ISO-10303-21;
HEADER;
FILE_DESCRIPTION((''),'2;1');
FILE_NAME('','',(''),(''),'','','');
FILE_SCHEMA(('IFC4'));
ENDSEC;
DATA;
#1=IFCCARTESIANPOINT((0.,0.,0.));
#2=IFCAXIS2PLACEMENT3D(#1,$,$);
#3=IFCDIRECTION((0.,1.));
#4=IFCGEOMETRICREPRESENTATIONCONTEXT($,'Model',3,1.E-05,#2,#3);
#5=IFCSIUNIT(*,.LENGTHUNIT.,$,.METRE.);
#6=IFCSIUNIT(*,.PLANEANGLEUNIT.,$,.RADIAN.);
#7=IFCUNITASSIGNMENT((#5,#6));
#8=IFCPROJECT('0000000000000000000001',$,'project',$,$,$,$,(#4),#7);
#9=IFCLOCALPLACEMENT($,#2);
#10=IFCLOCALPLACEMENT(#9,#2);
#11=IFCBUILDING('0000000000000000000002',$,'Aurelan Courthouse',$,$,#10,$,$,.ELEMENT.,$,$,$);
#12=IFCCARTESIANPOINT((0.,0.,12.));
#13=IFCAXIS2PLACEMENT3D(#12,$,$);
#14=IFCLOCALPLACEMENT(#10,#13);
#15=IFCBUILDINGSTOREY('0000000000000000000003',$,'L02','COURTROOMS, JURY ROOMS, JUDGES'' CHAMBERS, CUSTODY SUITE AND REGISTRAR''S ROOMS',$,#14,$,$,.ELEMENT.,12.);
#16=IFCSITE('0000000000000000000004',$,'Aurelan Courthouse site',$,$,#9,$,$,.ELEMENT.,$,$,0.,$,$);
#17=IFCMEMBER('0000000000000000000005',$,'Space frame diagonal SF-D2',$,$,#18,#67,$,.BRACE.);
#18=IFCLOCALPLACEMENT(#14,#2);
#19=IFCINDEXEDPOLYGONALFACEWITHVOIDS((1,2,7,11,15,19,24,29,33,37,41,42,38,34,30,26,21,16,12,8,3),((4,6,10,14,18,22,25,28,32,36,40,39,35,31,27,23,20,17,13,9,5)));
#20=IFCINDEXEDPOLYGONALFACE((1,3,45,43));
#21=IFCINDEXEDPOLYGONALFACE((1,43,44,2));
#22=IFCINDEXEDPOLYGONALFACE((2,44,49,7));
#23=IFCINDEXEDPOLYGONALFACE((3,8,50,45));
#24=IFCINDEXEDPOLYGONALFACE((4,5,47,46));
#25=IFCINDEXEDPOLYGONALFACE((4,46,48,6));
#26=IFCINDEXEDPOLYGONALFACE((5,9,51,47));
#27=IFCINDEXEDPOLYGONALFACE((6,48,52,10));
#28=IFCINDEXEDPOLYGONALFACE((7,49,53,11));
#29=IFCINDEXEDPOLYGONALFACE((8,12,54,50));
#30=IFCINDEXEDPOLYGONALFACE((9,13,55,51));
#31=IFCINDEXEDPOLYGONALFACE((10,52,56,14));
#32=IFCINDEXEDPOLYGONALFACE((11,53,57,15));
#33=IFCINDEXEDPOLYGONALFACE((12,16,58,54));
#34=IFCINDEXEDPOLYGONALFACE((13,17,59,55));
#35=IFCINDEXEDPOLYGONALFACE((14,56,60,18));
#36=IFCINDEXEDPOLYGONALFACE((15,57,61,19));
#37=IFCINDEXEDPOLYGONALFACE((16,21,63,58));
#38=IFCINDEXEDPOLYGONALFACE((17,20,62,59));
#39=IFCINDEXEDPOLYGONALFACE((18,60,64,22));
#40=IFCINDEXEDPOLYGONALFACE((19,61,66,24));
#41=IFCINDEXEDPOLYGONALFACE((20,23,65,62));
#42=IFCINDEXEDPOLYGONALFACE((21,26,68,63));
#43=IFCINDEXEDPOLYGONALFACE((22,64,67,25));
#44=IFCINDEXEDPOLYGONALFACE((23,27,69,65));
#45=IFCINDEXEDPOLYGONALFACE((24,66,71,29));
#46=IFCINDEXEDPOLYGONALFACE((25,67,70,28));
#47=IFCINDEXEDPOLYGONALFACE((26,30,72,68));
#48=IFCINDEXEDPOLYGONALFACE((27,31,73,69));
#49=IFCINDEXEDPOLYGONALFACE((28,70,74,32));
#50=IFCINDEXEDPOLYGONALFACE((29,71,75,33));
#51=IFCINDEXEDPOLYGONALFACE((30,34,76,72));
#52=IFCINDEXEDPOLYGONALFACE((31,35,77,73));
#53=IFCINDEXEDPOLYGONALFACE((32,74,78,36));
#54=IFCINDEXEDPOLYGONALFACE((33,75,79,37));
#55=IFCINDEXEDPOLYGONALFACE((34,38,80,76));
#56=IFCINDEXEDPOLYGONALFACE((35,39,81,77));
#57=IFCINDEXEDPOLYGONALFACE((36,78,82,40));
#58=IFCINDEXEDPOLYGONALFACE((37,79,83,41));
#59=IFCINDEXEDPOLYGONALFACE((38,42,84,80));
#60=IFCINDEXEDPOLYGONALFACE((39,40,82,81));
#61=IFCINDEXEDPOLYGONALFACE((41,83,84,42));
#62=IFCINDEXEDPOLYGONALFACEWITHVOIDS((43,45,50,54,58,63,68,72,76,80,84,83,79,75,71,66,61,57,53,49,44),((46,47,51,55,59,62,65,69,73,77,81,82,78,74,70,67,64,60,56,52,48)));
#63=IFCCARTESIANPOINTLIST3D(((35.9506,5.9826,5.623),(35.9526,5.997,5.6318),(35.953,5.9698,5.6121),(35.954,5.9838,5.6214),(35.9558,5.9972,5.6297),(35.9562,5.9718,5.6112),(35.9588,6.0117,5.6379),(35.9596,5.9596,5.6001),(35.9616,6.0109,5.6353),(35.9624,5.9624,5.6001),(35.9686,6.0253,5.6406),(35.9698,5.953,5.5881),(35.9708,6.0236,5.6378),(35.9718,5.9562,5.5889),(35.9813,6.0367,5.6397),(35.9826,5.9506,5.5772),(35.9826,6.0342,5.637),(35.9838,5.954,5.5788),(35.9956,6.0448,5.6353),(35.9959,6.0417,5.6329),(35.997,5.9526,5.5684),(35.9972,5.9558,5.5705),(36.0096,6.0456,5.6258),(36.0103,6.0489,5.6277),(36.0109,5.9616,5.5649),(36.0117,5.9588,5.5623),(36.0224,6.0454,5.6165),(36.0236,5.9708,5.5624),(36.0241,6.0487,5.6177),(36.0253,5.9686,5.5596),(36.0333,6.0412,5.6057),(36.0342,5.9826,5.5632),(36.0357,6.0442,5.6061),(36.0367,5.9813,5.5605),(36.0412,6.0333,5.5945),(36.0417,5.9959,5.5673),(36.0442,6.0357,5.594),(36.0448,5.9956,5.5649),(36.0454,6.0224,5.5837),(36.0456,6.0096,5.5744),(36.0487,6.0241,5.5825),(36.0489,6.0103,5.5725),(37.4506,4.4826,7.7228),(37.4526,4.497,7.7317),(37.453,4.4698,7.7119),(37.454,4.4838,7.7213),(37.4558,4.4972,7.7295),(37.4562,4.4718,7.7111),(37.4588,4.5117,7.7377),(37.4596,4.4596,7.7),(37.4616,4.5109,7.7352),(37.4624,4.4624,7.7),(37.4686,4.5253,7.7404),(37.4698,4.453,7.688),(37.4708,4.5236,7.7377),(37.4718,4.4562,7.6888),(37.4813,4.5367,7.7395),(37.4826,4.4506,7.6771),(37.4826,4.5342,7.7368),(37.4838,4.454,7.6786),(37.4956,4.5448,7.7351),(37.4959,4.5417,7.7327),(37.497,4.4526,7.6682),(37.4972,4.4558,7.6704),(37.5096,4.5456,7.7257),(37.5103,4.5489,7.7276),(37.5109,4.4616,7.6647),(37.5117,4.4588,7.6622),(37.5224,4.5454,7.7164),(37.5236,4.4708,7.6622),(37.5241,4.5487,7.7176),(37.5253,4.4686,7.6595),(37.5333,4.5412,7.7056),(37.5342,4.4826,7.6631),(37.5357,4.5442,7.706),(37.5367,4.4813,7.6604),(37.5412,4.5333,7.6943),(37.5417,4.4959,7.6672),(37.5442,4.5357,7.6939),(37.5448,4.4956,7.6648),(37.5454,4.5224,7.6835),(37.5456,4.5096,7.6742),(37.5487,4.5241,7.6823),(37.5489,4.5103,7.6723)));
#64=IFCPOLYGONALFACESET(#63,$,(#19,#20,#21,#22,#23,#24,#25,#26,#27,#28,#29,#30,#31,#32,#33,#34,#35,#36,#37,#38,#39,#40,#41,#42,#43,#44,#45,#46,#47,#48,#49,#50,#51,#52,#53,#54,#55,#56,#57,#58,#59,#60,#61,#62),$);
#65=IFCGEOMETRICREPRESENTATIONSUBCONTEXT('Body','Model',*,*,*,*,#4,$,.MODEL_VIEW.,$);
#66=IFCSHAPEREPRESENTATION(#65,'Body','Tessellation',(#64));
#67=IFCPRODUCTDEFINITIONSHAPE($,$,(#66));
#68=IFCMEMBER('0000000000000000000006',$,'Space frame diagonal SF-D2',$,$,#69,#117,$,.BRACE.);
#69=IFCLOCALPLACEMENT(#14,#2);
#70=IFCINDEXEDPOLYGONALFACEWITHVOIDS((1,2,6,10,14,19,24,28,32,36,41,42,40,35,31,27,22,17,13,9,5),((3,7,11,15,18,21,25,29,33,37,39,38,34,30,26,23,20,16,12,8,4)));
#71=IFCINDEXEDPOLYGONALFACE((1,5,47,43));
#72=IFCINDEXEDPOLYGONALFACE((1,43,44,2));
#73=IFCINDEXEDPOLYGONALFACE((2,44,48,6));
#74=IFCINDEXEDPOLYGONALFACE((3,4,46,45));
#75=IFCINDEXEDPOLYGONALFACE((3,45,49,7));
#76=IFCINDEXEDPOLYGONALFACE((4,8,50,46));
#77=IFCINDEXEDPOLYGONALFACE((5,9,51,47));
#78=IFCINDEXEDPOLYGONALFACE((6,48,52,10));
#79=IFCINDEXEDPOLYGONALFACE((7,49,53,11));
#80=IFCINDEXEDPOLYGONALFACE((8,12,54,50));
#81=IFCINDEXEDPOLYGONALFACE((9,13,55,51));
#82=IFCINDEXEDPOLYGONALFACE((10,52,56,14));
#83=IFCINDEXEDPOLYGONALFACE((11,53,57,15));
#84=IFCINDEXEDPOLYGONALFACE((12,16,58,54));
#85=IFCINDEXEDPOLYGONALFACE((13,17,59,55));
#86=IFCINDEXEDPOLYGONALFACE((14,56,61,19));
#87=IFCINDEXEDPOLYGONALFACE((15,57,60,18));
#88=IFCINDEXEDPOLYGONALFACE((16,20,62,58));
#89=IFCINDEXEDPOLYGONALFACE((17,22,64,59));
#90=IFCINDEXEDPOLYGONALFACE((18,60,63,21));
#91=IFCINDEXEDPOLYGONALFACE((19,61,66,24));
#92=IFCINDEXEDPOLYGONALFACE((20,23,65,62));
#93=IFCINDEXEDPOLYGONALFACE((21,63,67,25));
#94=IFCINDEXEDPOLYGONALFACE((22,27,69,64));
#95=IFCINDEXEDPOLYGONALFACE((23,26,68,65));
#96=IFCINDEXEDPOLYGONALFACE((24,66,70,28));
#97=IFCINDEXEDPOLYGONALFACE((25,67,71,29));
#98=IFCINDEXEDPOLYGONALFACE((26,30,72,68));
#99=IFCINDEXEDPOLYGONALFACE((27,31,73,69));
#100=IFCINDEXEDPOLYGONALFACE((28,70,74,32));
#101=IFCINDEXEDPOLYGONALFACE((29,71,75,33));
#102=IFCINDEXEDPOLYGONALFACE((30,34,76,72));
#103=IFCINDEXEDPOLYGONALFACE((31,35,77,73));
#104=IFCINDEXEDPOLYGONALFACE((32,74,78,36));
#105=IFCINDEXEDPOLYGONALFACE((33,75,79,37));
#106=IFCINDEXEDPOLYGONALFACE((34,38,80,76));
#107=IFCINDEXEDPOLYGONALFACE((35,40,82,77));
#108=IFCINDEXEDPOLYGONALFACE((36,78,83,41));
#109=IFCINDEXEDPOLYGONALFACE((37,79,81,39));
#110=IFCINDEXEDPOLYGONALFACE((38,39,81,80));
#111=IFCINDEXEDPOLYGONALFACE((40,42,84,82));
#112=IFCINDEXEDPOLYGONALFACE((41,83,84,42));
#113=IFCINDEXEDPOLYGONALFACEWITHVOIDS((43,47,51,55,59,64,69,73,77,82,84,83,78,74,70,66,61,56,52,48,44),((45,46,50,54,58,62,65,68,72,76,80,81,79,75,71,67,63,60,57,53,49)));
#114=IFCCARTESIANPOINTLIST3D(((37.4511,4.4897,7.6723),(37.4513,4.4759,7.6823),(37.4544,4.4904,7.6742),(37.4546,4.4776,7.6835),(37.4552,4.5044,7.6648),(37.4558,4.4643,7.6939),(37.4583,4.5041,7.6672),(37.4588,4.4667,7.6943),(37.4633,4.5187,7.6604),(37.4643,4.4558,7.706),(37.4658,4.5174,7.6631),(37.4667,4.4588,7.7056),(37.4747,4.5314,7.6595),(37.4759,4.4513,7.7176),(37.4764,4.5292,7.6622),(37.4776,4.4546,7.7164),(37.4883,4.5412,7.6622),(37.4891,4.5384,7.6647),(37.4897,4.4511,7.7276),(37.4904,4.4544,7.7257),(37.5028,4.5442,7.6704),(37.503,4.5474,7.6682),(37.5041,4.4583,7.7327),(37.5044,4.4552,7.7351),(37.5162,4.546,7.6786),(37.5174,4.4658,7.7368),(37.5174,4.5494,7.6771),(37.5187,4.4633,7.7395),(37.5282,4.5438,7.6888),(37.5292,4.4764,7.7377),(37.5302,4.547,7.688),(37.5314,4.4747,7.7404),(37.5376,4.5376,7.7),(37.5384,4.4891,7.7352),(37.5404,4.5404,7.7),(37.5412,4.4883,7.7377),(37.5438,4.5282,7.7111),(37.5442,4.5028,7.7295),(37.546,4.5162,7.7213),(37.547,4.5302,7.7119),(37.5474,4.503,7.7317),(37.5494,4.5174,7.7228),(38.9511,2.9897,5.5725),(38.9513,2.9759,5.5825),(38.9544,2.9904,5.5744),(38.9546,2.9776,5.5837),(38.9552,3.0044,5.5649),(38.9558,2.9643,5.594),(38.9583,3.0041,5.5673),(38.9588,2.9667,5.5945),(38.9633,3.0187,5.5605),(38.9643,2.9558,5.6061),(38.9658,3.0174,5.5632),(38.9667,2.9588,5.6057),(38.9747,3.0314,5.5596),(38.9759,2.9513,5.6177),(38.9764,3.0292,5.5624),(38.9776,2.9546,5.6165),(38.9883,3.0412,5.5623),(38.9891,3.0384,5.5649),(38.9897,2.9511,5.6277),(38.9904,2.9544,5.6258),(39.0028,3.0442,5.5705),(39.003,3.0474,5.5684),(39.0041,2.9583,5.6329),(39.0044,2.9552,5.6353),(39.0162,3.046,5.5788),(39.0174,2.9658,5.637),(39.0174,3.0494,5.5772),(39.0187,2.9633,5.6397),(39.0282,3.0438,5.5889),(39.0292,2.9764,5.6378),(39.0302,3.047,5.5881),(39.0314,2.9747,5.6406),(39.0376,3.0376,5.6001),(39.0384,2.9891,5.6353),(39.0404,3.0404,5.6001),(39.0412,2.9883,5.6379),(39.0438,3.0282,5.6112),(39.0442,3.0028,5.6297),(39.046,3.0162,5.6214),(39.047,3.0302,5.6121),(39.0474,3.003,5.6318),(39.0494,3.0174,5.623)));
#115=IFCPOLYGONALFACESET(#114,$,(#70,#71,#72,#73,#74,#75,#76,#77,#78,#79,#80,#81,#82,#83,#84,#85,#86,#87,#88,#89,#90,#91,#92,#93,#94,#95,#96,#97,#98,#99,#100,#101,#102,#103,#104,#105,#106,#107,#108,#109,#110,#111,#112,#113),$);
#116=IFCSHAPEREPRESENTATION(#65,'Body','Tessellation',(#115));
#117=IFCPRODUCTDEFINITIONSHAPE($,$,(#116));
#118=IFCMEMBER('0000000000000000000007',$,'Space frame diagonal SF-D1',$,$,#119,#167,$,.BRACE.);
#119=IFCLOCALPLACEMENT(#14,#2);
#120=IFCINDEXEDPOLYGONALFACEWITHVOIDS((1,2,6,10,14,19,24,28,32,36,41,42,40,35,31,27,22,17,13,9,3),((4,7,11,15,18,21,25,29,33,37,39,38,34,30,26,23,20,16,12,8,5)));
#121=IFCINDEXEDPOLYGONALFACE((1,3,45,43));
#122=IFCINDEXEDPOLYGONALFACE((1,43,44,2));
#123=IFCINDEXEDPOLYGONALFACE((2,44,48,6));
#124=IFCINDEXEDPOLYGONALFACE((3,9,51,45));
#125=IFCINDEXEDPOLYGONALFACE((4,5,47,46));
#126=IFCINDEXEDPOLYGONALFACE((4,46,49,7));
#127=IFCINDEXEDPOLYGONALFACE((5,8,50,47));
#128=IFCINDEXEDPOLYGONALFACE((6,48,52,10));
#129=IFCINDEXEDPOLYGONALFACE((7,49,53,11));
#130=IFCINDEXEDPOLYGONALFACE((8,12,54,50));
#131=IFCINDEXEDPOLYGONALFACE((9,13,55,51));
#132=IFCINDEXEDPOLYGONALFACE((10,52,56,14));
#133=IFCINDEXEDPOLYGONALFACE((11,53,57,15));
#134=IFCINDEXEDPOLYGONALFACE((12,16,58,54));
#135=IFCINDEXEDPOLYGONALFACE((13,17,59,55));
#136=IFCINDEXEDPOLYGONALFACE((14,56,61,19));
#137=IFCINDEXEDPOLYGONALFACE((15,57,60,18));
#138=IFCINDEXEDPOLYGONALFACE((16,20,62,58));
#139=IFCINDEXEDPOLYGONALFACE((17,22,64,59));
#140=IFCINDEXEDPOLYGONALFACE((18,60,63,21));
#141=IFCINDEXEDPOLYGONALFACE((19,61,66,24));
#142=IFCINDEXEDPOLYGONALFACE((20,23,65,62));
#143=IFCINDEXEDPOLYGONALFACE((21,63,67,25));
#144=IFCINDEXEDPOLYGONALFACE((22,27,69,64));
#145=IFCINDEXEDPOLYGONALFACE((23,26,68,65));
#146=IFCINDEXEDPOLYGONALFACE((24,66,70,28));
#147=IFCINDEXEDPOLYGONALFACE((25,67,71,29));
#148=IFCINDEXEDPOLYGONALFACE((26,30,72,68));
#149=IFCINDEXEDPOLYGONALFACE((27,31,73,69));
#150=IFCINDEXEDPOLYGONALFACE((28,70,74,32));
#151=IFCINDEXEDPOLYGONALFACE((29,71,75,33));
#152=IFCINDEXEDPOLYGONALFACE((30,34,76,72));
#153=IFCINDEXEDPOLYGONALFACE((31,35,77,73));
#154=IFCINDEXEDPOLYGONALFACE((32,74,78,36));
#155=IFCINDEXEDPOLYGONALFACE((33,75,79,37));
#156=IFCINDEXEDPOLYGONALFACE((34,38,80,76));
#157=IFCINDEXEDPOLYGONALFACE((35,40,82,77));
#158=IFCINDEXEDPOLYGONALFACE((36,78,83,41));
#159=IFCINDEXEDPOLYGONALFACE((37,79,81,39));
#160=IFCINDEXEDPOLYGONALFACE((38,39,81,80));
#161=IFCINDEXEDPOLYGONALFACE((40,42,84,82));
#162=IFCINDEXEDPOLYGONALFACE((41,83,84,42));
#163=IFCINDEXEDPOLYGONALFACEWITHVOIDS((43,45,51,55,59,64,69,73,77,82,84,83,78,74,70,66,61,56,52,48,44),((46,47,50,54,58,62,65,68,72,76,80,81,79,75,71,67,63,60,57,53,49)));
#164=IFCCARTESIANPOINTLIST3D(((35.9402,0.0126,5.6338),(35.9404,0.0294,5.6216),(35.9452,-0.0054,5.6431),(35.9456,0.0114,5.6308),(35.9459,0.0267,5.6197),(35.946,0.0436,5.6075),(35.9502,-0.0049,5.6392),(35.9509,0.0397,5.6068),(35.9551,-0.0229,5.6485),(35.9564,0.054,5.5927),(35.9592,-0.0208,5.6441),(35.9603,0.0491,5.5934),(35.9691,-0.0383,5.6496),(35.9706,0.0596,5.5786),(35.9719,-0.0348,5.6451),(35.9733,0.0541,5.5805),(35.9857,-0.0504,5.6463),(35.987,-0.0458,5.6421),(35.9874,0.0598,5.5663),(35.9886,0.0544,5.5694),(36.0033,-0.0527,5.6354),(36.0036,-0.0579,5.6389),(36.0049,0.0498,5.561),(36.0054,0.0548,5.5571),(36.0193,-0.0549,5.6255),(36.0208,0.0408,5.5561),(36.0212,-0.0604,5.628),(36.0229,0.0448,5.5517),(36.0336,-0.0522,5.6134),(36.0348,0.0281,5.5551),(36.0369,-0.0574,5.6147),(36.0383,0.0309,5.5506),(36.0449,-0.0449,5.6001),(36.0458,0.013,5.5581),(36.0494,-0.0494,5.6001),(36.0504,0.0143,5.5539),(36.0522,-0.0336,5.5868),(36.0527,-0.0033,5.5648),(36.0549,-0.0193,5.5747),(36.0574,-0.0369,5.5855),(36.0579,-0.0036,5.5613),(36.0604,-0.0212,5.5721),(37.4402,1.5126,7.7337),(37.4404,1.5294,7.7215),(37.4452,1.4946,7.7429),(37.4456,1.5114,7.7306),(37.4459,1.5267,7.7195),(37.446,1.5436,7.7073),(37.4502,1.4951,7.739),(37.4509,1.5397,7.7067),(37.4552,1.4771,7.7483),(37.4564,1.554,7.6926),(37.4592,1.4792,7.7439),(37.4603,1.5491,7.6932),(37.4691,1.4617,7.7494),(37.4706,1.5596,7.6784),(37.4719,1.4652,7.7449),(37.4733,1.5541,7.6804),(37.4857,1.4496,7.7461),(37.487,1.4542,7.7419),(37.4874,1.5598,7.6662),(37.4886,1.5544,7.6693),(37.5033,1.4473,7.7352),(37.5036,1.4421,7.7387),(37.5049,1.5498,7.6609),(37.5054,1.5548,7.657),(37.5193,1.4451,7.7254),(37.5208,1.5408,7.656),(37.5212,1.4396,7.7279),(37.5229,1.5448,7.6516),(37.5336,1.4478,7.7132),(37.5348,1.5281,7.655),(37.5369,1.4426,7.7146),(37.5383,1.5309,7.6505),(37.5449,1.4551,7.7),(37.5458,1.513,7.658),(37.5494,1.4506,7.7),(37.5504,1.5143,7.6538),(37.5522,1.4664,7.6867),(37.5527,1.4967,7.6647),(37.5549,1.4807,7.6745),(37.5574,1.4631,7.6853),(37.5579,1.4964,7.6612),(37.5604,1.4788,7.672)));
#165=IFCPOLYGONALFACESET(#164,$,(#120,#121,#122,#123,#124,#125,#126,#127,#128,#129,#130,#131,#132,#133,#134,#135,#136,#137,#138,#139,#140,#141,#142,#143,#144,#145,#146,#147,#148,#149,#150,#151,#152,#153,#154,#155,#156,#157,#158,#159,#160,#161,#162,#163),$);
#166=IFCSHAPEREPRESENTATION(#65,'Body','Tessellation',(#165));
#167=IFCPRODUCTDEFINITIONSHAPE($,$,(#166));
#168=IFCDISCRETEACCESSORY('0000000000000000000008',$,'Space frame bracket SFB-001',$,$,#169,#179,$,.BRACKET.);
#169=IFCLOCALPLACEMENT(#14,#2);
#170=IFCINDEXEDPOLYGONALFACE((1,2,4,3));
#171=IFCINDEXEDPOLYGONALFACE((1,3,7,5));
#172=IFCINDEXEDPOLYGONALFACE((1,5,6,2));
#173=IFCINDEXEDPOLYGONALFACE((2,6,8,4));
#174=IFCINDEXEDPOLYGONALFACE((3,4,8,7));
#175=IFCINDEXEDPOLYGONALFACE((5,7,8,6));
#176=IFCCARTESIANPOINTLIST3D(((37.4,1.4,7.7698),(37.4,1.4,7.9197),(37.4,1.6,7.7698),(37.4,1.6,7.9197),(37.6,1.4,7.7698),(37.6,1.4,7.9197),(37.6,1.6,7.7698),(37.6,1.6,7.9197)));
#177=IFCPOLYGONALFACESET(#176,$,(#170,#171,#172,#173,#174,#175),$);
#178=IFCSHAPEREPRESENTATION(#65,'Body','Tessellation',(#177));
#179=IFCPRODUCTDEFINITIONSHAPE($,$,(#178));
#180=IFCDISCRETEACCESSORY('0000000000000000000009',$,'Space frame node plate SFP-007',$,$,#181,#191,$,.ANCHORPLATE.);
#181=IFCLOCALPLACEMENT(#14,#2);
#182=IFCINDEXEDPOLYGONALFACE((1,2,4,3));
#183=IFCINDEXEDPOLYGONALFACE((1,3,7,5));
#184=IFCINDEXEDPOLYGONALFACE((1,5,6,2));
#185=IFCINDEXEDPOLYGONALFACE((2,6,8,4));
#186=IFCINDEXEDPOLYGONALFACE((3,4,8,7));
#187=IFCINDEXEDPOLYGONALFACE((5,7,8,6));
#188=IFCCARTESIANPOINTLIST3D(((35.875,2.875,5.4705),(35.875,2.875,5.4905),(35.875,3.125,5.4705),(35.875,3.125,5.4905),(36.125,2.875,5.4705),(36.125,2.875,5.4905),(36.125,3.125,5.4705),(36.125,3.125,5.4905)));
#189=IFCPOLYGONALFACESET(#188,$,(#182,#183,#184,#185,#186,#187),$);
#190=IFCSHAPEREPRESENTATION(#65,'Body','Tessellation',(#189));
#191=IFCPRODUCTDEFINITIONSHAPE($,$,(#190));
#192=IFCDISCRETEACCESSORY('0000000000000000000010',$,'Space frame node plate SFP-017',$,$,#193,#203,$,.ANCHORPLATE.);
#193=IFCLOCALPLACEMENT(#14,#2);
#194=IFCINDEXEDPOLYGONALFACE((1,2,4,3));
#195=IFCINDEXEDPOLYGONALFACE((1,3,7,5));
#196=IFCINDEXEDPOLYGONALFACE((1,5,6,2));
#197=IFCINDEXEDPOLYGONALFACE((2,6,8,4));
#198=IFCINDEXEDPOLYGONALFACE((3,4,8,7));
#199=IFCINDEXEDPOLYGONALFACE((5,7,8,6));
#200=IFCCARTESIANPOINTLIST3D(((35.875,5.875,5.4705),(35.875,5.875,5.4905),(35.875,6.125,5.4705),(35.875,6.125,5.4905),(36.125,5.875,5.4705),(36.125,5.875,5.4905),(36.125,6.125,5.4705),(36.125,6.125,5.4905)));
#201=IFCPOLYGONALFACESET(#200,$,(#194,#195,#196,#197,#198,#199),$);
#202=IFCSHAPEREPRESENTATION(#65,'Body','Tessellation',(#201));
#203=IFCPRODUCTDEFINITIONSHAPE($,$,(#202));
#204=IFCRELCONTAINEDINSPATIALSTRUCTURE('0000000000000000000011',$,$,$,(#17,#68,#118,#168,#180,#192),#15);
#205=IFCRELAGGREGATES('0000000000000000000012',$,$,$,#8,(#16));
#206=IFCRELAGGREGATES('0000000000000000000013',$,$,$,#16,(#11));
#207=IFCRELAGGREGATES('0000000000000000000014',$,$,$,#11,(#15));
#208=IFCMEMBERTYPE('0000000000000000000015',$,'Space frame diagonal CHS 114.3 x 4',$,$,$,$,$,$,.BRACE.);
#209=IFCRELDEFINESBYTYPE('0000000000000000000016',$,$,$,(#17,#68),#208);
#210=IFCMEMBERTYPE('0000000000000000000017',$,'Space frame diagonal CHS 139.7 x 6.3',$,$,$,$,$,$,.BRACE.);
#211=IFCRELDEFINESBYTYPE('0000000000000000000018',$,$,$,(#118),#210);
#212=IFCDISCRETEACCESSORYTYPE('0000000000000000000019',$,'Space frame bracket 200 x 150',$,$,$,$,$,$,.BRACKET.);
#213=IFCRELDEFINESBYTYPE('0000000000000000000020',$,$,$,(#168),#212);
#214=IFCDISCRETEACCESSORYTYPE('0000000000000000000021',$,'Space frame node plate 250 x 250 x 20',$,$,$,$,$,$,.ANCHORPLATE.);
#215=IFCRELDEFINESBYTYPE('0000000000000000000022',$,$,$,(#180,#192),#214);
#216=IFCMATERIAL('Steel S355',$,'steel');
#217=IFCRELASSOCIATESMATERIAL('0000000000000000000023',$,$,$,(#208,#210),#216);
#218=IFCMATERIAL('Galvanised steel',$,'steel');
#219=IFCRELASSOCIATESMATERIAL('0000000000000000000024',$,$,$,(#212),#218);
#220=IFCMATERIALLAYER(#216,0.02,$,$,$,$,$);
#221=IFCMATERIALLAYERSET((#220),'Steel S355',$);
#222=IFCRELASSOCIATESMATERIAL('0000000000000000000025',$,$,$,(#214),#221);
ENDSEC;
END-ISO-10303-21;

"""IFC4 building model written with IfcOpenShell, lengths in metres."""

from ifc_helpers import new_model, si_unit, direction, frame, origin, origin_2d, place, context, subcontext, project, spatial, rectangle, hollow_circle, extrude, material, layer, layer_set, material_profile, profile_set, type_object, element, save


model = new_model("IFC4")

# Units and contexts
model_context = context("Model", 3, precision=1e-05, world=origin(), true_north=direction((0.0, 1.0)))
body_context = subcontext(model_context, "Body", "Model", "MODEL_VIEW")
ifc_project = project(units=[si_unit("LENGTHUNIT", "METRE"), si_unit("PLANEANGLEUNIT", "RADIAN")], contexts=[model_context])

# Site, building, storey
site_placement = place(None, origin())
site = spatial("IfcSite", under=ifc_project, at=site_placement, Name="Aurelan Courthouse site", CompositionType="ELEMENT", RefElevation=0.0)
building_placement = place(site_placement, origin())
building = spatial("IfcBuilding", under=site, at=building_placement, Name="Aurelan Courthouse", CompositionType="ELEMENT")
storey_placement = place(building_placement, frame((0.0, 0.0, 12.0)))
storey = spatial("IfcBuildingStorey", under=building, at=storey_placement, Name="L02", Description="COURTROOMS, JURY ROOMS, JUDGES' CHAMBERS, CUSTODY SUITE AND REGISTRAR'S ROOMS", CompositionType="ELEMENT", Elevation=12.0)

# Shared definitions
ifc_material_1 = material(Name="Steel S355", Category="steel")

# Members
ifc_material_profile_1 = material_profile(ifc_material_1, hollow_circle(Radius=0.0571, WallThickness=0.0039, at=origin_2d()), Name="CHS 114.3 x 4")
ifc_profile_set_1 = profile_set([ifc_material_profile_1], Name="Steel S355")
member_type_1 = type_object("IfcMemberType", Name="Space frame diagonal CHS 114.3 x 4", PredefinedType="BRACE", material=ifc_profile_set_1)
for number, where, z_axis, x_axis, name in (
    (1, (37.5, 4.5, 7.7), (-0.502536, 0.502536, -0.703502), (-0.707107, -0.707107, 0.0), "Space frame diagonal SF-D2"),
    (2, (37.5, 4.5, 7.7), (0.502536, -0.502536, -0.703502), (0.707107, 0.707107, 0.0), "Space frame diagonal SF-D2"),
):
    element("IfcMember", number, at=place(storey_placement, frame(where, z_axis=z_axis, x_axis=x_axis)), inside=storey, type_object=member_type_1, Name=name, PredefinedType="BRACE", context=body_context, shape_type="SweptSolid", body=[
        extrude(hollow_circle(Radius=0.0571, WallThickness=0.0039, at=origin_2d()), origin(), (0.0, 0.0, 1.0), 2.9849),
    ])
ifc_material_profile_2 = material_profile(ifc_material_1, hollow_circle(Radius=0.0698, WallThickness=0.0063, at=origin_2d()), Name="CHS 139.7 x 6.3")
ifc_profile_set_2 = profile_set([ifc_material_profile_2], Name="Steel S355")
member_type_2 = type_object("IfcMemberType", Name="Space frame diagonal CHS 139.7 x 6.3", PredefinedType="BRACE", material=ifc_profile_set_2)
member_1_placement = place(storey_placement, frame((37.5, 1.5, 7.7), z_axis=(-0.502536, -0.502536, -0.703502), x_axis=(0.707107, -0.707107, 0.0)))
element("IfcMember", 3, at=member_1_placement, inside=storey, type_object=member_type_2, Name="Space frame diagonal SF-D1", PredefinedType="BRACE", context=body_context, shape_type="SweptSolid", body=[
    extrude(hollow_circle(Radius=0.0698, WallThickness=0.0063, at=origin_2d()), origin(), (0.0, 0.0, 1.0), 2.9849),
])

# Discrete accessories
ifc_material_2 = material(Name="Galvanised steel", Category="steel")
discrete_accessory_type_1 = type_object("IfcDiscreteAccessoryType", Name="Space frame bracket 200 x 150", PredefinedType="BRACKET", material=ifc_material_2)
discrete_accessory_placement = place(storey_placement, frame((37.5, 1.5, 7.7698), z_axis=(0.0, 0.0, 1.0), x_axis=(1.0, 0.0, 0.0)))
element("IfcDiscreteAccessory", 4, at=discrete_accessory_placement, inside=storey, type_object=discrete_accessory_type_1, Name="Space frame bracket SFB-001", PredefinedType="BRACKET", context=body_context, shape_type="SweptSolid", body=[
    extrude(rectangle(XDim=0.2, YDim=0.2, at=origin_2d()), origin(), (0.0, 0.0, 1.0), 0.1499),
])
ifc_layer_1 = layer(ifc_material_1, 0.02)
ifc_layer_set_1 = layer_set([ifc_layer_1], Name="Steel S355")
discrete_accessory_type_2 = type_object("IfcDiscreteAccessoryType", Name="Space frame node plate 250 x 250 x 20", PredefinedType="ANCHORPLATE", material=ifc_layer_set_1)
for number, where, z_axis, x_axis, name in (
    (5, (36.0, 3.0, 5.4705), (0.0, 0.0, 1.0), (1.0, 0.0, 0.0), "Space frame node plate SFP-007"),
    (6, (36.0, 6.0, 5.4705), (0.0, 0.0, 1.0), (1.0, 0.0, 0.0), "Space frame node plate SFP-017"),
):
    element("IfcDiscreteAccessory", number, at=place(storey_placement, frame(where, z_axis=z_axis, x_axis=x_axis)), inside=storey, type_object=discrete_accessory_type_2, Name=name, PredefinedType="ANCHORPLATE", context=body_context, shape_type="SweptSolid", body=[
        extrude(rectangle(XDim=0.25, YDim=0.25, at=origin_2d()), origin(), (0.0, 0.0, 1.0), 0.02),
    ])

save(model, "model.ifc")
